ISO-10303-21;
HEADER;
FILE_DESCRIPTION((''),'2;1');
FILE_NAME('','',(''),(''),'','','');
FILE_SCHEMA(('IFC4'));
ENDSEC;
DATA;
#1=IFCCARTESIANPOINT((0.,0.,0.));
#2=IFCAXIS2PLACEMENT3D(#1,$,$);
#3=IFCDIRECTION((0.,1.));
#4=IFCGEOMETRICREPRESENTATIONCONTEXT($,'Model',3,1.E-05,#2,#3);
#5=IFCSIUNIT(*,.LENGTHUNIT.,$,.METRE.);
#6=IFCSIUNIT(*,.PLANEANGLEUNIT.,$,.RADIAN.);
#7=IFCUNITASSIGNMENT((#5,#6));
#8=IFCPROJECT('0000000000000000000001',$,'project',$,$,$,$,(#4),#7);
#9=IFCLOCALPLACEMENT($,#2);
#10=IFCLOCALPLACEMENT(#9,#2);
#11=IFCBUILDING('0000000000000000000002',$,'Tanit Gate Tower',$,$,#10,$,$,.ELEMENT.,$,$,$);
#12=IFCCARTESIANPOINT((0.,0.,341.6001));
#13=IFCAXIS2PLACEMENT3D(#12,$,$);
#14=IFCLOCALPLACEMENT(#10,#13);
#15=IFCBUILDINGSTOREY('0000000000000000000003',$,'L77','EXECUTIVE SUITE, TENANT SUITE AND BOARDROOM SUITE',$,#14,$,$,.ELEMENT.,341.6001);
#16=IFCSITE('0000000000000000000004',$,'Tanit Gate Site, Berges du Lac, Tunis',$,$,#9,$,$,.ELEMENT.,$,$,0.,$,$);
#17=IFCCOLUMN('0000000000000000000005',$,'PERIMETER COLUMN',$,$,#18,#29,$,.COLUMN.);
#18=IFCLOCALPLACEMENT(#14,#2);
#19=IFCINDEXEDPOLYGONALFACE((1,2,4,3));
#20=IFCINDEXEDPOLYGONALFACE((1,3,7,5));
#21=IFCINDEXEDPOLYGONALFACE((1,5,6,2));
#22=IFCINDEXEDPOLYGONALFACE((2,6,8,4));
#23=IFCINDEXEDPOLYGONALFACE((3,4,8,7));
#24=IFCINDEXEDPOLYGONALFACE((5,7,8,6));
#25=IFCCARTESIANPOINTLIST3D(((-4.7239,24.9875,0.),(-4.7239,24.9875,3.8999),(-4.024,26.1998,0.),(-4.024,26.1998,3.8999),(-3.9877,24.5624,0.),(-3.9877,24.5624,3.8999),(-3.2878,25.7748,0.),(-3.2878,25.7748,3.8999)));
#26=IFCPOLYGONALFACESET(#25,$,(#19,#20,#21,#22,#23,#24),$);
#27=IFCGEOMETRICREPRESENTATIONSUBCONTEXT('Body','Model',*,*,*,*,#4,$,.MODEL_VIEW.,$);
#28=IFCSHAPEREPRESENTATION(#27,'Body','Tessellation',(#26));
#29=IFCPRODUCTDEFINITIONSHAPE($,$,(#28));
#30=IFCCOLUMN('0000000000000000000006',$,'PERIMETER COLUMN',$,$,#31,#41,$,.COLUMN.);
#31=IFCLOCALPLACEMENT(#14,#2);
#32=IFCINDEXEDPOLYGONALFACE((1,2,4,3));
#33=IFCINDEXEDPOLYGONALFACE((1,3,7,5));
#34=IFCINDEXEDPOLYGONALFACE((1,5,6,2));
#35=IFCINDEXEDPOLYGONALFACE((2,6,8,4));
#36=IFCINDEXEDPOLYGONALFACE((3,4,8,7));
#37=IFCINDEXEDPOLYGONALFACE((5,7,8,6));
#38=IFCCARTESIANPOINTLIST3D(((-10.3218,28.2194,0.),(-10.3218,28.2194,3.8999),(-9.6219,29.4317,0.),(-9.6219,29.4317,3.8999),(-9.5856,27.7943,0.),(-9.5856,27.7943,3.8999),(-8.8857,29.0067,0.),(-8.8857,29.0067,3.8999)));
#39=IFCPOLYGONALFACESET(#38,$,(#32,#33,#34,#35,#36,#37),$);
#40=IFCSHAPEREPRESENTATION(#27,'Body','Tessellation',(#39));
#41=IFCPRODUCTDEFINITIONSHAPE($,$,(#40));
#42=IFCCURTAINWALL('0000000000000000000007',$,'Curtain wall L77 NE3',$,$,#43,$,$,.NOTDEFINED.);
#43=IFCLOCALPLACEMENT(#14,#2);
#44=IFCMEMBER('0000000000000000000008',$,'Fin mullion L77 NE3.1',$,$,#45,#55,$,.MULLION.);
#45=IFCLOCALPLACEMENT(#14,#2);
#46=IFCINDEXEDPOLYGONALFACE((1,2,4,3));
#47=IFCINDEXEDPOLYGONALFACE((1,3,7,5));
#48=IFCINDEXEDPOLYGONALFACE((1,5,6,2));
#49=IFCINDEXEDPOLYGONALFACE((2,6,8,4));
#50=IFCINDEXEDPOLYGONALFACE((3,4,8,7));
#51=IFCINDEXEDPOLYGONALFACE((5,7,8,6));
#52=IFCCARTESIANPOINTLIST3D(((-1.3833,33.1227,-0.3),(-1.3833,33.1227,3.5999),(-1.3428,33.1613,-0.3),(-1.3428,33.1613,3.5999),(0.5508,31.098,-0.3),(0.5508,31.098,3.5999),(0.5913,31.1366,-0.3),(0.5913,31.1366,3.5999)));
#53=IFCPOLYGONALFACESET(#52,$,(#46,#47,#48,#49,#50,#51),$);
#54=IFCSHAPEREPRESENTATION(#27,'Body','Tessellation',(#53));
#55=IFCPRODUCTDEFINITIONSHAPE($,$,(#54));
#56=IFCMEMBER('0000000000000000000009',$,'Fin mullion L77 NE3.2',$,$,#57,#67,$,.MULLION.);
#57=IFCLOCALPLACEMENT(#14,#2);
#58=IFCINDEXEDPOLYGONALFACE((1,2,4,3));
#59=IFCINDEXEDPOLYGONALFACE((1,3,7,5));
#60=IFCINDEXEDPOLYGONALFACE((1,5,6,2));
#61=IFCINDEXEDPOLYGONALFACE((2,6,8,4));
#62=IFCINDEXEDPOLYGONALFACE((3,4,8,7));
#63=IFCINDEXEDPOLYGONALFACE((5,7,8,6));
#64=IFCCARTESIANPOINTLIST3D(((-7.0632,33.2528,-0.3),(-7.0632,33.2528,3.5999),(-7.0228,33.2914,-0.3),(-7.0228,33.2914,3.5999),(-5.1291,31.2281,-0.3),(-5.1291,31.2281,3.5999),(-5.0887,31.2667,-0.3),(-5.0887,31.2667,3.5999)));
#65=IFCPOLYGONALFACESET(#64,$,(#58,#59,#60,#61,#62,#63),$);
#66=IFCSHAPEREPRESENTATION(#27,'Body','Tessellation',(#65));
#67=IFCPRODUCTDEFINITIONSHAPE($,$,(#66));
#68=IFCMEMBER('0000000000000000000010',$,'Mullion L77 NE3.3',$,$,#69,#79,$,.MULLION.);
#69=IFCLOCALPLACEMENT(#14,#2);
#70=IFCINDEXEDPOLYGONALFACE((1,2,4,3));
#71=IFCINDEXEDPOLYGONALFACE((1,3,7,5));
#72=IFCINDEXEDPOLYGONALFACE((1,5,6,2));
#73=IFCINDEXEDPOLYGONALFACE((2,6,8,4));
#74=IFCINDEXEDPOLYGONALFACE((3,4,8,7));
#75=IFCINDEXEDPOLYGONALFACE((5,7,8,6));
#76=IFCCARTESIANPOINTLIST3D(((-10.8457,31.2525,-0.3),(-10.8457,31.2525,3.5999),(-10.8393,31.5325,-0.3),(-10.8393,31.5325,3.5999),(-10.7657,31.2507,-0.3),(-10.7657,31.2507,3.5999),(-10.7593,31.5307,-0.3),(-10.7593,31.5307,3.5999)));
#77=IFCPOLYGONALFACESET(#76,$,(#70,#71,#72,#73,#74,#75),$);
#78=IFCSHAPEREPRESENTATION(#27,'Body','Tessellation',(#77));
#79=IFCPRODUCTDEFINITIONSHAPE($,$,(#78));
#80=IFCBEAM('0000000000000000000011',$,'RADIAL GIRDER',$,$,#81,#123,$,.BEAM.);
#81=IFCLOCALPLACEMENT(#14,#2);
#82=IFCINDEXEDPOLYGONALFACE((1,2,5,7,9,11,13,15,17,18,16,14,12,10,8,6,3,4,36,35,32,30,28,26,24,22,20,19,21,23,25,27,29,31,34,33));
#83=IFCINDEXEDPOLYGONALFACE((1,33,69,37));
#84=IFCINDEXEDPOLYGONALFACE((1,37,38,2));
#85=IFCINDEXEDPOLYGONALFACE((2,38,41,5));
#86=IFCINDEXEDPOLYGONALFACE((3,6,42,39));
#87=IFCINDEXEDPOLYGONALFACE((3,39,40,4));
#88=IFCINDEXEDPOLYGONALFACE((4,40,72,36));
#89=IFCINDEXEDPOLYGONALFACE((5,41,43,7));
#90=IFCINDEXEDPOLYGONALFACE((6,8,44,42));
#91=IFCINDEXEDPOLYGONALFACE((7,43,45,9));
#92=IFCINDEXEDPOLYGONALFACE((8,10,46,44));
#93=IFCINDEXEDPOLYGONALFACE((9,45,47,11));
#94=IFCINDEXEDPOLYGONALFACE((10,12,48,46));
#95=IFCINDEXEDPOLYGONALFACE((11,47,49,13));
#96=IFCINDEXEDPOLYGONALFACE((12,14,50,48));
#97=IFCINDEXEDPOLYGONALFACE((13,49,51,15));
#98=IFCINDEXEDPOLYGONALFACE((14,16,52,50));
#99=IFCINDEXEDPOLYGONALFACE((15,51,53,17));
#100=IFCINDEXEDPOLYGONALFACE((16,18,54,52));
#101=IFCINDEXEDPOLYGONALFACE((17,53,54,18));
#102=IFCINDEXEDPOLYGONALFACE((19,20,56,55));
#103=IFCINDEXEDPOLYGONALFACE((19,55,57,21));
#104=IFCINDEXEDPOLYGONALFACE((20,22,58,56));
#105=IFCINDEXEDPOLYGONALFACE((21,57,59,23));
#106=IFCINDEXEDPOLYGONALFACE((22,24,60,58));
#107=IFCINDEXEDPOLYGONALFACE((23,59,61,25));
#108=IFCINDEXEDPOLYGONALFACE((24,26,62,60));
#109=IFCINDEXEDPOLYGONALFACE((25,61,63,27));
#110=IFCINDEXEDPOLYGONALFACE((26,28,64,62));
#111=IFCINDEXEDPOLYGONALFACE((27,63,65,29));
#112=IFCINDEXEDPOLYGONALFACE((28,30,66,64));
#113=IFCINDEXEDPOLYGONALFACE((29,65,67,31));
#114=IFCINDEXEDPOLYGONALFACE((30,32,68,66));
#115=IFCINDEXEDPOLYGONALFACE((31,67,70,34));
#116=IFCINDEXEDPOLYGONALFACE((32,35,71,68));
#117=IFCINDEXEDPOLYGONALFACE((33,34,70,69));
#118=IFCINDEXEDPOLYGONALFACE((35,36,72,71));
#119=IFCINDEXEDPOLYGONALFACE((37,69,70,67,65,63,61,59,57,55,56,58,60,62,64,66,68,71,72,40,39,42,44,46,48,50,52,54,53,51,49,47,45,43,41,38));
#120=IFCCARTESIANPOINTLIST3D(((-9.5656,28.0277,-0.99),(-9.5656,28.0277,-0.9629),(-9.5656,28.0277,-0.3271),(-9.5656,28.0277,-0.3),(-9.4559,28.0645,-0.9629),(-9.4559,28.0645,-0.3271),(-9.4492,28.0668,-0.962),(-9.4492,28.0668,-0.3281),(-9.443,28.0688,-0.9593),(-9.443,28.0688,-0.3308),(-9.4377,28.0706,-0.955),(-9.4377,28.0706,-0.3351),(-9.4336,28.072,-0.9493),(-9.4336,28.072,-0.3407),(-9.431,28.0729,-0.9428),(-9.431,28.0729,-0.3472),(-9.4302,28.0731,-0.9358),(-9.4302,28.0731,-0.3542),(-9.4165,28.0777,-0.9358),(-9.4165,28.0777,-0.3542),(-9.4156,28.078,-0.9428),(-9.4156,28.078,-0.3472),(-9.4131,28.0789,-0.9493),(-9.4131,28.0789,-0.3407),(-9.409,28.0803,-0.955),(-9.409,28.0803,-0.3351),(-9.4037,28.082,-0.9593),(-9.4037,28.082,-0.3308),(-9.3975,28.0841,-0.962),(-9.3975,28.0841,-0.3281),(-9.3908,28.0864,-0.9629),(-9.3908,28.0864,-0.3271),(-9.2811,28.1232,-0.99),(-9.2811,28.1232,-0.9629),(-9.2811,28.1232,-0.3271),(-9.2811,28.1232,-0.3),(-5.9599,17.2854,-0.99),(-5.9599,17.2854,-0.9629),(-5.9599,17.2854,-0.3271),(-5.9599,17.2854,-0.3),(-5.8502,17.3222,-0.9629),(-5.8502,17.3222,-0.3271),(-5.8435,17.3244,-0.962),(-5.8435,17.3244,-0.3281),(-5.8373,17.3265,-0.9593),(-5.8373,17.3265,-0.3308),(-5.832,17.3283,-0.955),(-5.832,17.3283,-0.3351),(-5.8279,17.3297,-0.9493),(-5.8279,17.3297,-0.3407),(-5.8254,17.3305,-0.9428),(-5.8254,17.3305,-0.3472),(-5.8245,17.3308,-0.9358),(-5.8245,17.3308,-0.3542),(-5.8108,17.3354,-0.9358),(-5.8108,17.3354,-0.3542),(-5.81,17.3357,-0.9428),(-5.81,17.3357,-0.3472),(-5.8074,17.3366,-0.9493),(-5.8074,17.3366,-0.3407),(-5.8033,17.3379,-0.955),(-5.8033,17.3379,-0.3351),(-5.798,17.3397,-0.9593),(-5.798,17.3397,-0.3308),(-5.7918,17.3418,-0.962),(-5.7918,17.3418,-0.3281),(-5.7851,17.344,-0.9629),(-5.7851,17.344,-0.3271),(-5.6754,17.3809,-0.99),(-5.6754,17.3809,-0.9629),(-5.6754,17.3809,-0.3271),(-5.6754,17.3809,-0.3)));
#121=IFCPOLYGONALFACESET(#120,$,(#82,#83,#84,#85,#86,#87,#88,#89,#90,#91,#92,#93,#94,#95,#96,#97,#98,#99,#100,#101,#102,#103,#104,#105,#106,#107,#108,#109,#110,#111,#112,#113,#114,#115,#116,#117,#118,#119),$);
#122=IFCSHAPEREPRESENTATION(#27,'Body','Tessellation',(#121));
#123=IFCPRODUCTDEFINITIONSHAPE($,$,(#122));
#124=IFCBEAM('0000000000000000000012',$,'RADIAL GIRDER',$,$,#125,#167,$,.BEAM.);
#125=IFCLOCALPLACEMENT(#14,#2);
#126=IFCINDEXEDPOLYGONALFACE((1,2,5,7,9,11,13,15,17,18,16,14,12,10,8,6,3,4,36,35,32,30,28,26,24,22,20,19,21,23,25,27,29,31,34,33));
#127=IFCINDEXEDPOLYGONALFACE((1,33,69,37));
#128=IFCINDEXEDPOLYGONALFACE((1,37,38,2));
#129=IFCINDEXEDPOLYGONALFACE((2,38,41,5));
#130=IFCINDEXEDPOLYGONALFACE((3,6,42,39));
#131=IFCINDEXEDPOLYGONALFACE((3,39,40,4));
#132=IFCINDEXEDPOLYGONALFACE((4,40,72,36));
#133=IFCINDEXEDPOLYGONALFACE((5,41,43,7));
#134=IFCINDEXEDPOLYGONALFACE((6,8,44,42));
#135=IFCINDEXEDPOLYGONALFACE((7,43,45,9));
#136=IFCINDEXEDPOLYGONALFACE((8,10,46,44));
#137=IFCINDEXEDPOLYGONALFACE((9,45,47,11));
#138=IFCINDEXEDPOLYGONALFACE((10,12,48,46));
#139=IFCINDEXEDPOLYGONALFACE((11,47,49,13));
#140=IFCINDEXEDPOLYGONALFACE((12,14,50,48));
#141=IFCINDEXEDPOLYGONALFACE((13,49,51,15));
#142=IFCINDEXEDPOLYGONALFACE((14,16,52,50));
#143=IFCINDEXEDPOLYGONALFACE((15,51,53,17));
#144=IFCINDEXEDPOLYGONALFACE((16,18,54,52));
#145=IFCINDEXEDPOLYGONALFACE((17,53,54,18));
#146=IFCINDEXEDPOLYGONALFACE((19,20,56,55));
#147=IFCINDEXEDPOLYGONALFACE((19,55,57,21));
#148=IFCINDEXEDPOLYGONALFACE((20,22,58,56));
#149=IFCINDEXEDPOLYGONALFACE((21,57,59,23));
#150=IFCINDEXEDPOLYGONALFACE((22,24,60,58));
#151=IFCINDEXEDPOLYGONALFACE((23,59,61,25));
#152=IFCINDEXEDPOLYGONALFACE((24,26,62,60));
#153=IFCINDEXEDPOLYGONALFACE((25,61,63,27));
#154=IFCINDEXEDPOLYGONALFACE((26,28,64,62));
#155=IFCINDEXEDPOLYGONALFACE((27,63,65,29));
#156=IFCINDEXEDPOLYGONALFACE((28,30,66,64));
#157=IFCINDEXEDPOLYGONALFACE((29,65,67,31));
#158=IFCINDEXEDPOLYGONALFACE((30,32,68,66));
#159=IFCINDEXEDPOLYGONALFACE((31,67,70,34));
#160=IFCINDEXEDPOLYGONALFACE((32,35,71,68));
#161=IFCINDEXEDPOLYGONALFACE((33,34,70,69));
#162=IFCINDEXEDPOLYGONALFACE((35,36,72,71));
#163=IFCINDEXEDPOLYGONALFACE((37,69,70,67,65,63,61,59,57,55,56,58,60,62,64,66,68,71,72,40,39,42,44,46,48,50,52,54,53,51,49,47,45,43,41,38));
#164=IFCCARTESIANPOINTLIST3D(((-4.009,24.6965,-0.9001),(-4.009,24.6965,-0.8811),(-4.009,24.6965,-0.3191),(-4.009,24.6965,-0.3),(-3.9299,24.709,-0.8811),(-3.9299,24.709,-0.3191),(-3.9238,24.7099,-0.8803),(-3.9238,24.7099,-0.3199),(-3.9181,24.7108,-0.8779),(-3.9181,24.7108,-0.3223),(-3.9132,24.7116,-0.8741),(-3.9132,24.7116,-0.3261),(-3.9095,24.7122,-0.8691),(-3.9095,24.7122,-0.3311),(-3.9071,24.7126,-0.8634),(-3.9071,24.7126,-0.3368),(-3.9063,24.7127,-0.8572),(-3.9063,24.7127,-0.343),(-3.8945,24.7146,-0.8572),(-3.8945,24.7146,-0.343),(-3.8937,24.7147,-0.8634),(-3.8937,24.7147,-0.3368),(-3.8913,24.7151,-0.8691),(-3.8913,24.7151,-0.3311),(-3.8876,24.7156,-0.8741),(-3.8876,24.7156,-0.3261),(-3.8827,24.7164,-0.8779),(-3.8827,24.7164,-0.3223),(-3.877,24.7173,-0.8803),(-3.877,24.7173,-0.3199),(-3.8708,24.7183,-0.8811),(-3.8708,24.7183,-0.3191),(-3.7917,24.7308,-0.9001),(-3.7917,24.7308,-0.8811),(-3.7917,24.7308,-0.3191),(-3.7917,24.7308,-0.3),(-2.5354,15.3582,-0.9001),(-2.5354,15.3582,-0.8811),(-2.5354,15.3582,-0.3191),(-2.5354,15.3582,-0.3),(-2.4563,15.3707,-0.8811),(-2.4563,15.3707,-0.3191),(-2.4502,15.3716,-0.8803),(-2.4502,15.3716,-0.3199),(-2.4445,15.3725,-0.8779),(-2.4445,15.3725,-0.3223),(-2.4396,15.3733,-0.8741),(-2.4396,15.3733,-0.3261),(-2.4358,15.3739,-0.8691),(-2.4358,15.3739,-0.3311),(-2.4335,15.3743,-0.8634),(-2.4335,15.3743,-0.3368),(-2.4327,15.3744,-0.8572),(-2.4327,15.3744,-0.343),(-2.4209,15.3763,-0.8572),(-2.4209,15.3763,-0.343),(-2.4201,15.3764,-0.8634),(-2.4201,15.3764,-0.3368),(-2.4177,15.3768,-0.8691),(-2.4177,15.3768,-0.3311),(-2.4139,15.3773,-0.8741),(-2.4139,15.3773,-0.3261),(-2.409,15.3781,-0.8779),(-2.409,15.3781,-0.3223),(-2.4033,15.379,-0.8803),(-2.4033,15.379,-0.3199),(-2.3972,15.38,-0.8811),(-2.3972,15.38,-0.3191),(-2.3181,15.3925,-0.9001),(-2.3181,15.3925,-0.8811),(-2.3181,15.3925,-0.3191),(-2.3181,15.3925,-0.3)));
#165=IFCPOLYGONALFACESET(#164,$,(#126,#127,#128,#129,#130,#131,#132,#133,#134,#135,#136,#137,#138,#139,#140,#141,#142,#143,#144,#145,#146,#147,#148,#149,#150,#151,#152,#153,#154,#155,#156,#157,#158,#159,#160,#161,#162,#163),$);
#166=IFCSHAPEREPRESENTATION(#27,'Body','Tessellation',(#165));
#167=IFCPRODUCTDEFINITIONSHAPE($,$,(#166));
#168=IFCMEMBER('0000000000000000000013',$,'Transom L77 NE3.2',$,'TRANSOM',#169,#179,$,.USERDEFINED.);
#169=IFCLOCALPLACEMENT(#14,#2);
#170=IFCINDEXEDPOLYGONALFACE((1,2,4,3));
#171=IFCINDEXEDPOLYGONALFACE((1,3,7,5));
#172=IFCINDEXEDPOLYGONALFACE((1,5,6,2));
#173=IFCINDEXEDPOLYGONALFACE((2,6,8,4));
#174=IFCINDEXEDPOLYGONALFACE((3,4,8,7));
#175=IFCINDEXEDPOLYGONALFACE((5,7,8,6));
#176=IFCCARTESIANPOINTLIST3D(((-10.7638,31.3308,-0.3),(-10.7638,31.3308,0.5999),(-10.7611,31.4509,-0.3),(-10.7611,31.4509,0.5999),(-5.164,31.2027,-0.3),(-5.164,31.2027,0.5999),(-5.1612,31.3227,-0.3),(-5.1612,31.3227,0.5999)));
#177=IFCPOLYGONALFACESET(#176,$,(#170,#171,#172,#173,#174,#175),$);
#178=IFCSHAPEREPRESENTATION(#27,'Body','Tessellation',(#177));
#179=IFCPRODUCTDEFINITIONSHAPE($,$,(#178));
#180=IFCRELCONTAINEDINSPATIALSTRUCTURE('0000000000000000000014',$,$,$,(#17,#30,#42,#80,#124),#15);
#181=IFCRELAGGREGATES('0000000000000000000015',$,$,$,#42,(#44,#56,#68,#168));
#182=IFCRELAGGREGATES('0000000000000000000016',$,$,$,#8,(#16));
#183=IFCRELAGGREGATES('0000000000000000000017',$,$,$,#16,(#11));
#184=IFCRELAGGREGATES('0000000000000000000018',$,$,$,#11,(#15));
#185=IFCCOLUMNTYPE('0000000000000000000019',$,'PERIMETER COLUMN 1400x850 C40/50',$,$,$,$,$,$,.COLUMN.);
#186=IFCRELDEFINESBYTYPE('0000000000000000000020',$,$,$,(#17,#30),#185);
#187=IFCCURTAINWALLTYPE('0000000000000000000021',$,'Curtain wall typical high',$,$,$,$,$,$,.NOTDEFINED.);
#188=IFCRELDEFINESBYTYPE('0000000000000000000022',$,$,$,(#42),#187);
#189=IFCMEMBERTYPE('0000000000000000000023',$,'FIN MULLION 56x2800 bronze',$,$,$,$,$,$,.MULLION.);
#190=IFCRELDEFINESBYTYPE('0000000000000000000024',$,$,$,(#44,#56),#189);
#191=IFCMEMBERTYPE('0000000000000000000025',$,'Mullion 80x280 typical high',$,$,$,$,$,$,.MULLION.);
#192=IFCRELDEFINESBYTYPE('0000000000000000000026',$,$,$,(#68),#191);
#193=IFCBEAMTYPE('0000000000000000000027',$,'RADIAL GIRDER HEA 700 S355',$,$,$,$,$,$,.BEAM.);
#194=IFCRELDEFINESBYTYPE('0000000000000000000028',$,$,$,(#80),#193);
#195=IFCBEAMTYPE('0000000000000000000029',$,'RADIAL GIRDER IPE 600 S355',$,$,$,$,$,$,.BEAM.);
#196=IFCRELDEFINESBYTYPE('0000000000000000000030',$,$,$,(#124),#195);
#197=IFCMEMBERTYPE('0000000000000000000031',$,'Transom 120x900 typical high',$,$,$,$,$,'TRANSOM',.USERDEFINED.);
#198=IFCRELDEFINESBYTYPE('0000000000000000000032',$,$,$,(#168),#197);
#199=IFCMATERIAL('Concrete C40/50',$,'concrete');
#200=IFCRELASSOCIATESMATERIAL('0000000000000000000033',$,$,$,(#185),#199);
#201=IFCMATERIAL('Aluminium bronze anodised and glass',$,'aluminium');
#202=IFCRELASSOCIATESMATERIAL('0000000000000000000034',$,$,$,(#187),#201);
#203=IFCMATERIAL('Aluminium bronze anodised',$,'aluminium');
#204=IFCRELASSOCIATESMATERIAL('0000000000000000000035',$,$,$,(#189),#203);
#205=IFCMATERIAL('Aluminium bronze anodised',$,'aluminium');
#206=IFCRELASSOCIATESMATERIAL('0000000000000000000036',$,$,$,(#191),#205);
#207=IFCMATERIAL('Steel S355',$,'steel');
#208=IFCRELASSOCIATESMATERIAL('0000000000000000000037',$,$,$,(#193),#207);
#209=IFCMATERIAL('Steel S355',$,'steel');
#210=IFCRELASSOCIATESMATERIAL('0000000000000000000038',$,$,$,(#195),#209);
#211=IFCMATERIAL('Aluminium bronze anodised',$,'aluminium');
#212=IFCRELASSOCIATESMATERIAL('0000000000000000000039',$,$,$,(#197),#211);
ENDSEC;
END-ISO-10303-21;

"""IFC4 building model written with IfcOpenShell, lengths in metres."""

from ifc_helpers import new_model, si_unit, direction, frame, origin, origin_2d, place, context, subcontext, project, spatial, rectangle, i_section, extrude, material, material_profile, profile_set, type_object, element, aggregate, save


model = new_model("IFC4")

# Units and contexts
model_context = context("Model", 3, precision=1e-05, world=origin(), true_north=direction((0.0, 1.0)))
body_context = subcontext(model_context, "Body", "Model", "MODEL_VIEW")
ifc_project = project(units=[si_unit("LENGTHUNIT", "METRE"), si_unit("PLANEANGLEUNIT", "RADIAN")], contexts=[model_context])

# Site, building, storey
site_placement = place(None, origin())
site = spatial("IfcSite", under=ifc_project, at=site_placement, Name="Tanit Gate Site, Berges du Lac, Tunis", CompositionType="ELEMENT", RefElevation=0.0)
building_placement = place(site_placement, origin())
building = spatial("IfcBuilding", under=site, at=building_placement, Name="Tanit Gate Tower", CompositionType="ELEMENT")
storey_placement = place(building_placement, frame((0.0, 0.0, 341.6001)))
storey = spatial("IfcBuildingStorey", under=building, at=storey_placement, Name="L77", Description="EXECUTIVE SUITE, TENANT SUITE AND BOARDROOM SUITE", CompositionType="ELEMENT", Elevation=341.6001)

# Columns
ifc_material_1 = material(Name="Concrete C40/50", Category="concrete")
ifc_material_profile_1 = material_profile(ifc_material_1, rectangle(XDim=1.3999, YDim=0.8501, at=origin_2d()), Name="RC 1400x850")
ifc_profile_set_1 = profile_set([ifc_material_profile_1], Name="Concrete C40/50")
column_type = type_object("IfcColumnType", Name="PERIMETER COLUMN 1400x850 C40/50", PredefinedType="COLUMN", material=ifc_profile_set_1)
for number, where, z_axis, x_axis, name in (
    (1, (-4.0059, 25.3811, 0.0), (0.0, 0.0, 1.0), (0.5, 0.866025, 0.0), "PERIMETER COLUMN"),
    (2, (-9.6038, 28.613, 0.0), (0.0, 0.0, 1.0), (0.5, 0.866025, 0.0), "PERIMETER COLUMN"),
):
    element("IfcColumn", number, at=place(storey_placement, frame(where, z_axis=z_axis, x_axis=x_axis)), inside=storey, type_object=column_type, Name=name, PredefinedType="COLUMN", context=body_context, shape_type="SweptSolid", body=[
        extrude(rectangle(XDim=1.3999, YDim=0.8501, at=origin_2d()), origin(), (0.0, 0.0, 1.0), 3.8999),
    ])

# Curtain wall, members
ifc_material_2 = material(Name="Aluminium bronze anodised and glass", Category="aluminium")
curtain_wall_type = type_object("IfcCurtainWallType", Name="Curtain wall typical high", PredefinedType="NOTDEFINED", material=ifc_material_2)
curtain_wall_placement = place(storey_placement, origin())
curtain_wall = element("IfcCurtainWall", 3, at=curtain_wall_placement, inside=storey, type_object=curtain_wall_type, Name="Curtain wall L77 NE3", PredefinedType="NOTDEFINED")
ifc_material_3 = material(Name="Aluminium bronze anodised", Category="aluminium")
ifc_material_profile_2 = material_profile(ifc_material_3, rectangle(XDim=2.8, YDim=0.0559, at=origin_2d()), Name="56x2800 bronze fin mullion")
ifc_profile_set_2 = profile_set([ifc_material_profile_2], Name="Aluminium bronze anodised")
member_type_1 = type_object("IfcMemberType", Name="FIN MULLION 56x2800 bronze", PredefinedType="MULLION", material=ifc_profile_set_2)
member_1_placement = place(storey_placement, frame((-0.396, 32.1296, -0.3), z_axis=(0.0, 0.0, 1.0), x_axis=(0.690743, -0.7231, 0.0)))
member_1 = element("IfcMember", 4, at=member_1_placement, type_object=member_type_1, Name="Fin mullion L77 NE3.1", PredefinedType="MULLION", context=body_context, shape_type="SweptSolid", body=[
    extrude(rectangle(XDim=2.8, YDim=0.0559, at=origin_2d()), origin(), (0.0, 0.0, 1.0), 3.8999),
])
member_2_placement = place(storey_placement, frame((-6.0759, 32.2598, -0.3), z_axis=(0.0, 0.0, 1.0), x_axis=(0.690743, -0.7231, 0.0)))
member_2 = element("IfcMember", 5, at=member_2_placement, type_object=member_type_1, Name="Fin mullion L77 NE3.2", PredefinedType="MULLION", context=body_context, shape_type="SweptSolid", body=[
    extrude(rectangle(XDim=2.8, YDim=0.0559, at=origin_2d()), origin(), (0.0, 0.0, 1.0), 3.8999),
])
ifc_material_4 = material(Name="Aluminium bronze anodised", Category="aluminium")
ifc_material_profile_3 = material_profile(ifc_material_4, rectangle(XDim=0.28, YDim=0.0801, at=origin_2d()), Name="80x280 bronze mullion")
ifc_profile_set_3 = profile_set([ifc_material_profile_3], Name="Aluminium bronze anodised")
member_type_2 = type_object("IfcMemberType", Name="Mullion 80x280 typical high", PredefinedType="MULLION", material=ifc_profile_set_3)
member_3_placement = place(storey_placement, frame((-10.8025, 31.3916, -0.3), z_axis=(0.0, 0.0, 1.0), x_axis=(-0.02288, -0.999738, 0.0)))
member_3 = element("IfcMember", 6, at=member_3_placement, type_object=member_type_2, Name="Mullion L77 NE3.3", PredefinedType="MULLION", context=body_context, shape_type="SweptSolid", body=[
    extrude(rectangle(XDim=0.28, YDim=0.0801, at=origin_2d()), origin(), (0.0, 0.0, 1.0), 3.8999),
])

# Beams
ifc_material_5 = material(Name="Steel S355", Category="steel")
ifc_material_profile_4 = material_profile(ifc_material_5, i_section(OverallWidth=0.3, OverallDepth=0.6899, WebThickness=0.0144, FlangeThickness=0.0271, FilletRadius=0.0271, at=origin_2d()), Name="HEA 700")
ifc_profile_set_4 = profile_set([ifc_material_profile_4], Name="Steel S355")
beam_type_1 = type_object("IfcBeamType", Name="RADIAL GIRDER HEA 700 S355", PredefinedType="BEAM", material=ifc_profile_set_4)
beam_1_placement = place(storey_placement, frame((-9.4233, 28.0754, -0.645), z_axis=(0.318205, -0.948022, 0.0), x_axis=(0.948022, 0.318205, 0.0)))
element("IfcBeam", 7, at=beam_1_placement, inside=storey, type_object=beam_type_1, Name="RADIAL GIRDER", PredefinedType="BEAM", context=body_context, shape_type="SweptSolid", body=[
    extrude(i_section(OverallWidth=0.3, OverallDepth=0.6899, WebThickness=0.0144, FlangeThickness=0.0271, FilletRadius=0.0271, at=origin_2d()), origin(), (0.0, 0.0, 1.0), 11.3313),
])
ifc_material_6 = material(Name="Steel S355", Category="steel")
ifc_material_profile_5 = material_profile(ifc_material_6, i_section(OverallWidth=0.22, OverallDepth=0.6001, WebThickness=0.012, FlangeThickness=0.019, FilletRadius=0.0239, at=origin_2d()), Name="IPE 600")
ifc_profile_set_5 = profile_set([ifc_material_profile_5], Name="Steel S355")
beam_type_2 = type_object("IfcBeamType", Name="RADIAL GIRDER IPE 600 S355", PredefinedType="BEAM", material=ifc_profile_set_5)
beam_2_placement = place(storey_placement, frame((-3.9004, 24.7136, -0.6001), z_axis=(0.155875, -0.987777, 0.0), x_axis=(0.987777, 0.155875, 0.0)))
element("IfcBeam", 8, at=beam_2_placement, inside=storey, type_object=beam_type_2, Name="RADIAL GIRDER", PredefinedType="BEAM", context=body_context, shape_type="SweptSolid", body=[
    extrude(i_section(OverallWidth=0.22, OverallDepth=0.6001, WebThickness=0.012, FlangeThickness=0.019, FilletRadius=0.0239, at=origin_2d()), origin(), (0.0, 0.0, 1.0), 9.4539),
])

# Member
ifc_material_7 = material(Name="Aluminium bronze anodised", Category="aluminium")
ifc_material_profile_6 = material_profile(ifc_material_7, rectangle(XDim=0.1201, YDim=0.8999, at=origin_2d()), Name="120x900 bronze transom")
ifc_profile_set_6 = profile_set([ifc_material_profile_6], Name="Aluminium bronze anodised")
member_type_3 = type_object("IfcMemberType", Name="Transom 120x900 typical high", ElementType="TRANSOM", PredefinedType="USERDEFINED", material=ifc_profile_set_6)
member_4_placement = place(storey_placement, frame((-5.1626, 31.2627, 0.1499), z_axis=(-0.999738, 0.022883, 0.0), x_axis=(-0.022883, -0.999738, 0.0)))
member_4 = element("IfcMember", 9, at=member_4_placement, type_object=member_type_3, Name="Transom L77 NE3.2", ObjectType="TRANSOM", PredefinedType="USERDEFINED", context=body_context, shape_type="SweptSolid", body=[
    extrude(rectangle(XDim=0.1201, YDim=0.8999, at=origin_2d()), origin(), (0.0, 0.0, 1.0), 5.6013),
])

aggregate(curtain_wall, [member_1, member_2, member_3, member_4])

save(model, "model.ifc")
